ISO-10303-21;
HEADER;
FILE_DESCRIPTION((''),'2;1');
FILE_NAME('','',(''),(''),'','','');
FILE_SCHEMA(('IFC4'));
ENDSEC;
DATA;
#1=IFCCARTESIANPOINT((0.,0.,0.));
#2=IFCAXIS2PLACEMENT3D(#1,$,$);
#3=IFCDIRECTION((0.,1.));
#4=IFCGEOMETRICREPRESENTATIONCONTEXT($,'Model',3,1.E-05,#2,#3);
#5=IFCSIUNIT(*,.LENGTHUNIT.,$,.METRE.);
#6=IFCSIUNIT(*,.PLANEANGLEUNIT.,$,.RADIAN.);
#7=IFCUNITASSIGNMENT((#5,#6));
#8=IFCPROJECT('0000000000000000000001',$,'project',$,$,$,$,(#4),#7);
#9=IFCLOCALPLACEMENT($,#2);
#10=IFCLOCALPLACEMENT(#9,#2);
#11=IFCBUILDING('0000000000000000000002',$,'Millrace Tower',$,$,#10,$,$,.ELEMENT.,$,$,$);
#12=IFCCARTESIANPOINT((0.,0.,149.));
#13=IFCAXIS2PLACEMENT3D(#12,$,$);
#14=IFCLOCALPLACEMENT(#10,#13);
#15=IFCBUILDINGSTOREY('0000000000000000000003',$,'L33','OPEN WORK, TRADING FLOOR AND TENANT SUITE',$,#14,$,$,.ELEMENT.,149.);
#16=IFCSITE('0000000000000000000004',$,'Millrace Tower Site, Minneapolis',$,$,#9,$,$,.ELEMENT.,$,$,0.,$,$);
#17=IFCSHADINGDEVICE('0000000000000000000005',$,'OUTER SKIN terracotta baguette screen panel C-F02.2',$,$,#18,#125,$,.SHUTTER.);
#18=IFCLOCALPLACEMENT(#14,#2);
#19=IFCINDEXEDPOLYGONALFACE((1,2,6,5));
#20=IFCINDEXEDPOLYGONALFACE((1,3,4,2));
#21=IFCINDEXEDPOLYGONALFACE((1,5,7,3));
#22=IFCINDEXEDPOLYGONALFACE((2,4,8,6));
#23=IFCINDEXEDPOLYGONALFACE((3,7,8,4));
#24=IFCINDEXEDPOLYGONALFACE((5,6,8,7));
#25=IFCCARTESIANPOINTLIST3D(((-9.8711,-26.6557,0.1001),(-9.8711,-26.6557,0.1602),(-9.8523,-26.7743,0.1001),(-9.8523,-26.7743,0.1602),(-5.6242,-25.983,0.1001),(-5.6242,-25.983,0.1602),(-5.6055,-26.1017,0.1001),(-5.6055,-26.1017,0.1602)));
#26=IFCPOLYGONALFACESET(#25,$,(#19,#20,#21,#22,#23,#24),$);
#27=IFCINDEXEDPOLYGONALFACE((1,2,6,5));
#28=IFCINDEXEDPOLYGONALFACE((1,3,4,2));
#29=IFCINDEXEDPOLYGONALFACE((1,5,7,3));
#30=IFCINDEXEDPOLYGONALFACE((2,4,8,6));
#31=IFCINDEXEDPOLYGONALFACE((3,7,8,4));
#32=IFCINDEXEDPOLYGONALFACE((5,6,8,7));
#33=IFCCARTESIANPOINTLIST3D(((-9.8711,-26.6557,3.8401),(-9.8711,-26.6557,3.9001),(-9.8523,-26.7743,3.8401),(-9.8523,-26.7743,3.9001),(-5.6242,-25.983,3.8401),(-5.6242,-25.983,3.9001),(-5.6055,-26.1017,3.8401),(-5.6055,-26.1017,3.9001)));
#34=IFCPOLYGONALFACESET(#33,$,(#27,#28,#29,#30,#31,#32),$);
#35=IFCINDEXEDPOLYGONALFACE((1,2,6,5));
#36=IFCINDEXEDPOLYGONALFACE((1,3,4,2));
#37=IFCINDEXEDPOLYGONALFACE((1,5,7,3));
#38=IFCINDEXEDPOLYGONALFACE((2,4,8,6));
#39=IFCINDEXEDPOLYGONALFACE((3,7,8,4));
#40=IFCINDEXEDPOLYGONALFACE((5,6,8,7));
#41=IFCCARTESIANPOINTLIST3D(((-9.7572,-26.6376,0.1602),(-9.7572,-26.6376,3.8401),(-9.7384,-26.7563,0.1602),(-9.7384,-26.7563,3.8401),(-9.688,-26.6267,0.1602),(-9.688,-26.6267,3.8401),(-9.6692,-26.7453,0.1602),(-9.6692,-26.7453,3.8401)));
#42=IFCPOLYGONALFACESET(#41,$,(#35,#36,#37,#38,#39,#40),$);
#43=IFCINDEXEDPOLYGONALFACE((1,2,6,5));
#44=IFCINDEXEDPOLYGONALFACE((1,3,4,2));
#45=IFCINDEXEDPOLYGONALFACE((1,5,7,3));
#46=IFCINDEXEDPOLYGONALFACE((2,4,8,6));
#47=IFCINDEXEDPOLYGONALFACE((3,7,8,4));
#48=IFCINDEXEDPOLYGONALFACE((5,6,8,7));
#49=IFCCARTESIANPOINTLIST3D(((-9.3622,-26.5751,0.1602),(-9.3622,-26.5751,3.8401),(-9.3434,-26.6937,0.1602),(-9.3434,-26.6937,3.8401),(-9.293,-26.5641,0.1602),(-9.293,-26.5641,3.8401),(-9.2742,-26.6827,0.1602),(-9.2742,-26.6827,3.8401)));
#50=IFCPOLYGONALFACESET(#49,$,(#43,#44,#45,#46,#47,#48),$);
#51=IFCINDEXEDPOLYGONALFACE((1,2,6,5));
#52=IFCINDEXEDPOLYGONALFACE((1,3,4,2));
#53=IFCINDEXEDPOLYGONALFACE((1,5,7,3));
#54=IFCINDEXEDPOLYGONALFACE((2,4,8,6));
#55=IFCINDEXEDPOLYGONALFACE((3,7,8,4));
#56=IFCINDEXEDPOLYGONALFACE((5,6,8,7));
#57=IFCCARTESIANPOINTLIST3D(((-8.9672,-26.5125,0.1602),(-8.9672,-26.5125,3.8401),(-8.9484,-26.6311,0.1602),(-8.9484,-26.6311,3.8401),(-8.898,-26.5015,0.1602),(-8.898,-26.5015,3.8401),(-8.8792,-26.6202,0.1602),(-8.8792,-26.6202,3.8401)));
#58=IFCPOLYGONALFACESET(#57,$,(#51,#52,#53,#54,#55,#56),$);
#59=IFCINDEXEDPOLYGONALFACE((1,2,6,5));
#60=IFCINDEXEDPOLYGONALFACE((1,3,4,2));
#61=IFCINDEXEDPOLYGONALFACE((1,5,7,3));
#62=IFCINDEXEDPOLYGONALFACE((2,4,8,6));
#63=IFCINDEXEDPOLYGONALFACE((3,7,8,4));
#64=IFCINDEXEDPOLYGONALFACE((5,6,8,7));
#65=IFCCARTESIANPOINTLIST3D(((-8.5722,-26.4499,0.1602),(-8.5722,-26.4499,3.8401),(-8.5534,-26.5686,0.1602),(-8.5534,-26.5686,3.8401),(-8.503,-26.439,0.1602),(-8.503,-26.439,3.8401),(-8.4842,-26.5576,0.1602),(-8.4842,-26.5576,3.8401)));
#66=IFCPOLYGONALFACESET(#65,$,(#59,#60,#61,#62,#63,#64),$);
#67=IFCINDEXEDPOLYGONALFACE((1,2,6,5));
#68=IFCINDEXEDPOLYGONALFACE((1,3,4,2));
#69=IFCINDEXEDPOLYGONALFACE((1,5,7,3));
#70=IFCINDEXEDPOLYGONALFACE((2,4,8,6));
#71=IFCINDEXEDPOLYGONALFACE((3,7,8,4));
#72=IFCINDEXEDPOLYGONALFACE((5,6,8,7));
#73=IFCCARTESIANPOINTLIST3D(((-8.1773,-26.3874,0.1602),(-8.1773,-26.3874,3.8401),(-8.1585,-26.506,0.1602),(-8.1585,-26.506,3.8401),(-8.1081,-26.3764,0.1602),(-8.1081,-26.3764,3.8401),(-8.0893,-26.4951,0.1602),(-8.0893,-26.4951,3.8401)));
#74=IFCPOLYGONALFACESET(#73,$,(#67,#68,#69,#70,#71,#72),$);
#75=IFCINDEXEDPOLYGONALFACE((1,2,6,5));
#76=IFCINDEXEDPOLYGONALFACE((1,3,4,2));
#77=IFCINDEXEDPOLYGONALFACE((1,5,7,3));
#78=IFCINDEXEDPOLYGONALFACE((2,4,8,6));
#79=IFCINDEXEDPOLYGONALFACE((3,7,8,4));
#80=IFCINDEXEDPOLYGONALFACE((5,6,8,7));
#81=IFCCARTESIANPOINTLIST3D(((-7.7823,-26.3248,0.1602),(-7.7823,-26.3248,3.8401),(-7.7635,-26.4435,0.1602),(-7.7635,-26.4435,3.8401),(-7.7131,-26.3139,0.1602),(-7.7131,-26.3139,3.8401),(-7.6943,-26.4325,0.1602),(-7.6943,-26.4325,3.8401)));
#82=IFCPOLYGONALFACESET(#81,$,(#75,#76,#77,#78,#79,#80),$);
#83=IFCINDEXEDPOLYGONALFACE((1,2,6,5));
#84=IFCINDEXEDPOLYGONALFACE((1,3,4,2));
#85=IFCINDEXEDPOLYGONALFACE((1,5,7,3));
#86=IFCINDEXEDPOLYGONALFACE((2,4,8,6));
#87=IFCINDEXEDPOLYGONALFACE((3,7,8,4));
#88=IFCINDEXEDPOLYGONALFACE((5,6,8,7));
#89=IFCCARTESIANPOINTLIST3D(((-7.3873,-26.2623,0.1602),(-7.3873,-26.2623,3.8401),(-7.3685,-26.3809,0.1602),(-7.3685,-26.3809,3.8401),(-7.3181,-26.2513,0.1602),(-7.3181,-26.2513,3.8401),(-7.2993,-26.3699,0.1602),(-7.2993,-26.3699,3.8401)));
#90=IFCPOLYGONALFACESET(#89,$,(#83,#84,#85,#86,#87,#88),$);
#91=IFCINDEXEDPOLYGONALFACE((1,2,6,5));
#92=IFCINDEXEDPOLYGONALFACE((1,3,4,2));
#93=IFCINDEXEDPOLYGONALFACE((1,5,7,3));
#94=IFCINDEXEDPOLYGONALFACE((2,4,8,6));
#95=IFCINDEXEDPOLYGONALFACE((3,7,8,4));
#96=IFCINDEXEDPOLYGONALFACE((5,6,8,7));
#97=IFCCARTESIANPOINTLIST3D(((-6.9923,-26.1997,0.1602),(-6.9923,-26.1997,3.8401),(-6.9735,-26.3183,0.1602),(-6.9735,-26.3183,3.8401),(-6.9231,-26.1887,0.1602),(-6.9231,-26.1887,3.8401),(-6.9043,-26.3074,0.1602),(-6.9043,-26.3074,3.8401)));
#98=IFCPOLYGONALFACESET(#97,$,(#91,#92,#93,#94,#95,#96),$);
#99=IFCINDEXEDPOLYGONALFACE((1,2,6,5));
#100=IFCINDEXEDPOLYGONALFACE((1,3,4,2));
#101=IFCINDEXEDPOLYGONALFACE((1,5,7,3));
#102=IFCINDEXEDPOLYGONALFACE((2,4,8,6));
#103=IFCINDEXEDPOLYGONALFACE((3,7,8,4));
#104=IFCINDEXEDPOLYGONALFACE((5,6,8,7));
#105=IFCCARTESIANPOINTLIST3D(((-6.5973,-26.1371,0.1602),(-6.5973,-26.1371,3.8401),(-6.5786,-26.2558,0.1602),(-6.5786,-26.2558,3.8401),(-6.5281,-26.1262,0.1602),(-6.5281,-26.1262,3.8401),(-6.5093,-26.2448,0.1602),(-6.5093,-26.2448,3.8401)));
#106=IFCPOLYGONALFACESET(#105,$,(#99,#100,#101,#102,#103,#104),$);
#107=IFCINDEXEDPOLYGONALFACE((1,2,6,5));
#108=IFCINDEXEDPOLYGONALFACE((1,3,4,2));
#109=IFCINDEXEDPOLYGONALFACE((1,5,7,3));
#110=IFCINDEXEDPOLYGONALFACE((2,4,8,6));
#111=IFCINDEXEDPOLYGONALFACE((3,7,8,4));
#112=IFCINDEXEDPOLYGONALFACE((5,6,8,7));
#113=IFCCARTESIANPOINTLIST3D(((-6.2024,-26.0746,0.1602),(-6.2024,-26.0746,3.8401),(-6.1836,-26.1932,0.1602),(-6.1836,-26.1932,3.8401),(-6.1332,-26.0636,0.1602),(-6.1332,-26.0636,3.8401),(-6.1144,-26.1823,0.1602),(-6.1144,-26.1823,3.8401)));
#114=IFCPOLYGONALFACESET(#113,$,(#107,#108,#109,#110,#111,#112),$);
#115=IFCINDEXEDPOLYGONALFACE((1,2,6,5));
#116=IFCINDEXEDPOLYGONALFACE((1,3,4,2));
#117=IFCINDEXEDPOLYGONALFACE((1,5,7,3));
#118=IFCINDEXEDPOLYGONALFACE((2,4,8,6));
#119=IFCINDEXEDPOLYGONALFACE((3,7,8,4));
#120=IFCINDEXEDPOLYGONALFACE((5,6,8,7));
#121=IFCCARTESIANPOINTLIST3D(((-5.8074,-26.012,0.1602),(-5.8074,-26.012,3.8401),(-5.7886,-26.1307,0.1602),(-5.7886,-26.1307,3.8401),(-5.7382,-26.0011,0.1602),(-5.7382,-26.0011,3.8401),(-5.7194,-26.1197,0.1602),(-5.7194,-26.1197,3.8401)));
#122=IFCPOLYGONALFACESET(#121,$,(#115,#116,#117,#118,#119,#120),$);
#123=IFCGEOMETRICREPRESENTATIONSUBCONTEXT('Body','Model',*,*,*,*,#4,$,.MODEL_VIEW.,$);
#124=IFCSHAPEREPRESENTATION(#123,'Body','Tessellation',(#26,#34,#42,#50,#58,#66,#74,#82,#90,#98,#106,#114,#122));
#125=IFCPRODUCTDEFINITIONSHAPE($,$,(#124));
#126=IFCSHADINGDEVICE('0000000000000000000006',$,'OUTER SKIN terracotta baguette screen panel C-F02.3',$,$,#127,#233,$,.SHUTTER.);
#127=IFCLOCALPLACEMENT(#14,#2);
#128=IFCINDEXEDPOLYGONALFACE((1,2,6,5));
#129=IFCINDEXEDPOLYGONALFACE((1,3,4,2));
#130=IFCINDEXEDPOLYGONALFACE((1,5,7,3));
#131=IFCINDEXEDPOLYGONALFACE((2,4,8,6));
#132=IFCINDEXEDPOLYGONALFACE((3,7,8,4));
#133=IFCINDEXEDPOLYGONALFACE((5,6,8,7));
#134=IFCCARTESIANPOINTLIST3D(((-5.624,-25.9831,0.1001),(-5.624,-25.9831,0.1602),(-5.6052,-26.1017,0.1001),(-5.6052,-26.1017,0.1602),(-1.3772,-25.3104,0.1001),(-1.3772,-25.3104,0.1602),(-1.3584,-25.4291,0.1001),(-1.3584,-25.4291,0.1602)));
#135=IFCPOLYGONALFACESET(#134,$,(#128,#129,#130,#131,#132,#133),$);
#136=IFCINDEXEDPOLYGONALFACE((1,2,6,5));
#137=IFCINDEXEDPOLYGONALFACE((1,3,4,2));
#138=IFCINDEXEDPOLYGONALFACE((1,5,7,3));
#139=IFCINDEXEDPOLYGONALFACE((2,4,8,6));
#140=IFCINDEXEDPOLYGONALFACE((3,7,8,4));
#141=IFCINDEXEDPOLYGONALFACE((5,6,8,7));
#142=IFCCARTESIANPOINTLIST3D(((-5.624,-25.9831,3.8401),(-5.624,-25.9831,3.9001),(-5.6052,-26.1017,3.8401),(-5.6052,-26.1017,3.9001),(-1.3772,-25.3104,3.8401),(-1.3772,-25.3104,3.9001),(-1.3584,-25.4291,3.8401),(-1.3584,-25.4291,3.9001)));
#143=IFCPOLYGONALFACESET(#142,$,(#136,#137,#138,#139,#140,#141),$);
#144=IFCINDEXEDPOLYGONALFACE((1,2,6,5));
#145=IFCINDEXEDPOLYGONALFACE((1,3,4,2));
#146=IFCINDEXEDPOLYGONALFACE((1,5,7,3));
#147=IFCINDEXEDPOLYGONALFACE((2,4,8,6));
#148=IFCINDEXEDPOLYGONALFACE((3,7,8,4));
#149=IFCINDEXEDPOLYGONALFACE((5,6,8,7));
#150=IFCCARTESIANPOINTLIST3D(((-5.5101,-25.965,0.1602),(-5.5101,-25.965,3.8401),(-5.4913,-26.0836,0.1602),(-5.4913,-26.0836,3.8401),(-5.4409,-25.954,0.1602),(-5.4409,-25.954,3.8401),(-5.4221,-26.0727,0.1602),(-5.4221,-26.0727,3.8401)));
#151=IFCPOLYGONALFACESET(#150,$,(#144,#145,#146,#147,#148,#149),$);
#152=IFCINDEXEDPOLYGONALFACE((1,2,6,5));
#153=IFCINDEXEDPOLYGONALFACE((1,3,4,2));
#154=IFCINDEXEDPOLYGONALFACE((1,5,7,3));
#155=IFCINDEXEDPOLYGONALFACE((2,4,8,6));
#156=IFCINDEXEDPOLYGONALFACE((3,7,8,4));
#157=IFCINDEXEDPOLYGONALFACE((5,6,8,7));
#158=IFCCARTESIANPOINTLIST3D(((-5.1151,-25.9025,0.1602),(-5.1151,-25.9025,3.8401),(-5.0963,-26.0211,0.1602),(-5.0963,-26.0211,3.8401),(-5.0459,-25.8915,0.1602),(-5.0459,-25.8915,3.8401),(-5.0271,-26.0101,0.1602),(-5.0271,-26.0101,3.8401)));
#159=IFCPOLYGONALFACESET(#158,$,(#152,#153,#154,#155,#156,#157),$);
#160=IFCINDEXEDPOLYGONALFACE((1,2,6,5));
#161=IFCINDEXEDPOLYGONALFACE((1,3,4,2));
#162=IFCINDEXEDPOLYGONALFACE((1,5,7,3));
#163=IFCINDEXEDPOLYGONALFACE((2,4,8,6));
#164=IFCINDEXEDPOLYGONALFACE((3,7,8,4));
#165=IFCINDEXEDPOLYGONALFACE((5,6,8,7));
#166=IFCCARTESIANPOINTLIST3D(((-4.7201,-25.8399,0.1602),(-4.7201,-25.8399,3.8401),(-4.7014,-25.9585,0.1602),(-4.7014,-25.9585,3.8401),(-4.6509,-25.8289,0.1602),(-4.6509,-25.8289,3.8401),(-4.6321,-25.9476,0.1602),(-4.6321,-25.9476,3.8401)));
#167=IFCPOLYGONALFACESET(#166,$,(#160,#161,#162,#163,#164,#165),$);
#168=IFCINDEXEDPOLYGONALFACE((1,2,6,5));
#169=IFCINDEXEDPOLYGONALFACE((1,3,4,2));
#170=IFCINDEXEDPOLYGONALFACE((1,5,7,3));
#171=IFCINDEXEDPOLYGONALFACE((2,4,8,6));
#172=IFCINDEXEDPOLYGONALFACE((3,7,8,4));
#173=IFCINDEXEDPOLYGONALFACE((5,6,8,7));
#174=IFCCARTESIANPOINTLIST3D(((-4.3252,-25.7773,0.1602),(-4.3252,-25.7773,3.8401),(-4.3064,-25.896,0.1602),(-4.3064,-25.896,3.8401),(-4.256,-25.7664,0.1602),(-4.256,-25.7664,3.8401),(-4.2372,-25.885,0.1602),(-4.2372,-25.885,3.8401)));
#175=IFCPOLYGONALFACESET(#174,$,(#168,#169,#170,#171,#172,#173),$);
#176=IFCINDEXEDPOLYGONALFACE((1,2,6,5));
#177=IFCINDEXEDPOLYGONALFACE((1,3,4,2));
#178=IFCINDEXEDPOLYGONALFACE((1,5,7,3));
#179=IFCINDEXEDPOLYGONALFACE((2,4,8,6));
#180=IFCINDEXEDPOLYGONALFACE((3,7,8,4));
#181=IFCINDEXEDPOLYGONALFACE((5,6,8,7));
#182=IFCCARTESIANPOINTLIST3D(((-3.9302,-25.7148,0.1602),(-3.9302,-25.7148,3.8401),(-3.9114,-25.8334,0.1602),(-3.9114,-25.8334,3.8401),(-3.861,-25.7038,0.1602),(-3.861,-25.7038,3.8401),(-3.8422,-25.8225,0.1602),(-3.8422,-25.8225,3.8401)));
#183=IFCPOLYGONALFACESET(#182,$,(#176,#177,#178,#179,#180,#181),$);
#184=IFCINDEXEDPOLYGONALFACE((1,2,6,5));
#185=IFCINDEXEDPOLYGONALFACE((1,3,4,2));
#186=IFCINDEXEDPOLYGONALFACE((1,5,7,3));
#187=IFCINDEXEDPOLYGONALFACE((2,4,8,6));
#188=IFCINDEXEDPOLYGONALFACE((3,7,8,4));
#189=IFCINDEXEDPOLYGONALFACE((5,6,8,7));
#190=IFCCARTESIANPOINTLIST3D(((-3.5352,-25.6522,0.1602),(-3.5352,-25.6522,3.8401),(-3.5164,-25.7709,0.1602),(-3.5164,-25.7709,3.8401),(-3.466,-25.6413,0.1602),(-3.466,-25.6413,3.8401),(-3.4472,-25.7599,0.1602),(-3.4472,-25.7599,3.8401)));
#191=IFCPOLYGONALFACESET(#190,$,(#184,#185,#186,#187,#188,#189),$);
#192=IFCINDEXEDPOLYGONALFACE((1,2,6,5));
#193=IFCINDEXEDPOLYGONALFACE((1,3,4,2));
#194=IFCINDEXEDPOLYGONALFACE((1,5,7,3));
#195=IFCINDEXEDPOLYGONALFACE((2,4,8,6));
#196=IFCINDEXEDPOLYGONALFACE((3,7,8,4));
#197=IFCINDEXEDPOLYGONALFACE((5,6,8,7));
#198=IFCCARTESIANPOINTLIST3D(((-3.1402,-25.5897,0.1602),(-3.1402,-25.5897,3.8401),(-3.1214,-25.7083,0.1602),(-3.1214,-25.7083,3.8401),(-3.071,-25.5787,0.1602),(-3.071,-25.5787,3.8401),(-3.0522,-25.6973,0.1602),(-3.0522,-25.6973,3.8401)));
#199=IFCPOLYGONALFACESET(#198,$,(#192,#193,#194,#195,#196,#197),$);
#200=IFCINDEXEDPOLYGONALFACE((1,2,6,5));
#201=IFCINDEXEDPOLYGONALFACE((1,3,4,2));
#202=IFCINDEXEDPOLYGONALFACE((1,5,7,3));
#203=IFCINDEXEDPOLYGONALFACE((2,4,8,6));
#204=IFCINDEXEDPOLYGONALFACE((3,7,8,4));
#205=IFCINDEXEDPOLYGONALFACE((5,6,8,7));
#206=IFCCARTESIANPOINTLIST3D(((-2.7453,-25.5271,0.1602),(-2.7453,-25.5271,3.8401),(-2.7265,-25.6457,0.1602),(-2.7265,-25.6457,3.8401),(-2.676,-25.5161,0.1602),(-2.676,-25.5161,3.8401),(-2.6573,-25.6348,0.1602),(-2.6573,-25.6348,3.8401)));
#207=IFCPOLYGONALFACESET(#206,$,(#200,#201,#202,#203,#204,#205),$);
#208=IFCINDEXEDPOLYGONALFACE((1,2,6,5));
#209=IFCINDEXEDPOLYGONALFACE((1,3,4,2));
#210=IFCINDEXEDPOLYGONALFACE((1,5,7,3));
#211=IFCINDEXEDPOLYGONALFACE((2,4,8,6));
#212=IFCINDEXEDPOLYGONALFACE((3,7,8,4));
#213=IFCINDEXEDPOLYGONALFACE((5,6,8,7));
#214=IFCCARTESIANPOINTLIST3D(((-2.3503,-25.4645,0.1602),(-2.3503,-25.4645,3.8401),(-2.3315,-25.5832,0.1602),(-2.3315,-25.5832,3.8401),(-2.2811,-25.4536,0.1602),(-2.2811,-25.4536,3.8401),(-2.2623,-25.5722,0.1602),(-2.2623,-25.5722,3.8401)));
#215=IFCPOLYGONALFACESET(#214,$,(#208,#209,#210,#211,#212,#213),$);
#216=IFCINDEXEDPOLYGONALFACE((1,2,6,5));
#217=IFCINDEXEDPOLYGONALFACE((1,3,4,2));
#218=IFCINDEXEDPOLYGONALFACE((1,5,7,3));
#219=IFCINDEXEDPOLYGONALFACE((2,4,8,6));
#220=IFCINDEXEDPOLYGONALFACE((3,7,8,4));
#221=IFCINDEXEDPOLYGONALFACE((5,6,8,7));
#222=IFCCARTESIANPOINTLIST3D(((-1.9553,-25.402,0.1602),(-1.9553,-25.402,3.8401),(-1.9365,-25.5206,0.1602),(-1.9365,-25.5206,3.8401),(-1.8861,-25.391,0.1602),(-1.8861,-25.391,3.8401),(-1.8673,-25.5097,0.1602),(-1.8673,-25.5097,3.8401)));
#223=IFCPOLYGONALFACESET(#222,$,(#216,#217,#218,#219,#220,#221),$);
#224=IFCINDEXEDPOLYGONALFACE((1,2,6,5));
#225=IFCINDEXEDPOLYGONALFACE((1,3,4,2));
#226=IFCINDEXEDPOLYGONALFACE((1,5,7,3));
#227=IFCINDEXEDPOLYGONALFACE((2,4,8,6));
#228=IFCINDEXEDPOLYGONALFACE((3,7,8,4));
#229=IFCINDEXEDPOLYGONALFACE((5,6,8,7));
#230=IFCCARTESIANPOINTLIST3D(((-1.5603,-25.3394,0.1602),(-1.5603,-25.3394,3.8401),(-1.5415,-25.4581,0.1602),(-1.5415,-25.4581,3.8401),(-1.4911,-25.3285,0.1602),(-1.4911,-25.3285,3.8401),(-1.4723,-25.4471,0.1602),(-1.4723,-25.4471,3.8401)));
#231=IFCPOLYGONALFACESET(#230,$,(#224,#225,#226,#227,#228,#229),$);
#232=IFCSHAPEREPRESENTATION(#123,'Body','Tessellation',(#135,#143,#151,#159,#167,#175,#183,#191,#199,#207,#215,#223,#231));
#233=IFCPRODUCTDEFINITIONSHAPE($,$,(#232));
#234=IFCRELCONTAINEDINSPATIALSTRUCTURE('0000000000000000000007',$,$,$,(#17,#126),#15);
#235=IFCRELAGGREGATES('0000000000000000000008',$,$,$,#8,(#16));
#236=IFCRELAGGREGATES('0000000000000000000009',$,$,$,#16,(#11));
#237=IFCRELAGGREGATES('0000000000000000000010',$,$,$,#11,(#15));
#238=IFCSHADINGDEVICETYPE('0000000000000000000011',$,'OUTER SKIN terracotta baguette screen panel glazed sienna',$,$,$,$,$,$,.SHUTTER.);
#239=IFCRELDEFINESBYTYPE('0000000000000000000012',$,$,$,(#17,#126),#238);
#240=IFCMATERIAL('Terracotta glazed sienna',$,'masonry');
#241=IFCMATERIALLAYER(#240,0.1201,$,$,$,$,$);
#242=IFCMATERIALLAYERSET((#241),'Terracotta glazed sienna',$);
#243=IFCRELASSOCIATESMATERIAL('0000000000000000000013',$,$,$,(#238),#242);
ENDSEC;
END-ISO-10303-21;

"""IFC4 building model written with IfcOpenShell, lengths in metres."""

from ifc_helpers import new_model, entity, si_unit, direction, frame, frame_2d, origin, origin_2d, place, context, subcontext, project, spatial, rectangle, extrude, source, transform, mapped, material, layer, layer_set, type_object, element, save


model = new_model("IFC4")

# Units and contexts
model_context = context("Model", 3, precision=1e-05, world=origin(), true_north=direction((0.0, 1.0)))
body_context = subcontext(model_context, "Body", "Model", "MODEL_VIEW")
ifc_project = project(units=[si_unit("LENGTHUNIT", "METRE"), si_unit("PLANEANGLEUNIT", "RADIAN")], contexts=[model_context])

# Site, building, storey
site_placement = place(None, origin())
site = spatial("IfcSite", under=ifc_project, at=site_placement, Name="Millrace Tower Site, Minneapolis", CompositionType="ELEMENT", RefElevation=0.0)
building_placement = place(site_placement, origin())
building = spatial("IfcBuilding", under=site, at=building_placement, Name="Millrace Tower", CompositionType="ELEMENT")
storey_placement = place(building_placement, frame((0.0, 0.0, 149.0)))
storey = spatial("IfcBuildingStorey", under=building, at=storey_placement, Name="L33", Description="OPEN WORK, TRADING FLOOR AND TENANT SUITE", CompositionType="ELEMENT", Elevation=149.0)

# Shading devices
ifc_material_1 = material(Name="Terracotta glazed sienna", Category="masonry")
ifc_layer_1 = layer(ifc_material_1, 0.1201)
ifc_layer_set_1 = layer_set([ifc_layer_1], Name="Terracotta glazed sienna")
shading_device_type = type_object("IfcShadingDeviceType", Name="OUTER SKIN terracotta baguette screen panel glazed sienna", PredefinedType="SHUTTER", material=ifc_layer_set_1)
cartesian_point_1 = entity("IfcCartesianPoint", [-2.1499, 0.0601])
shared_polyline_1 = entity("IfcPolyline", [cartesian_point_1, entity("IfcCartesianPoint", [2.1499, 0.0601]), entity("IfcCartesianPoint", [2.1499, -0.0601]), entity("IfcCartesianPoint", [-2.1499, -0.0601]), cartesian_point_1])
shared_shape_1 = source(origin(), body_context, "Body", "SweptSolid", [
    entity("IfcExtrudedAreaSolid", entity("IfcArbitraryClosedProfileDef", "AREA", None, shared_polyline_1), entity("IfcAxis2Placement3D", entity("IfcCartesianPoint", [0.0, 0.0, 0.0])), entity("IfcDirection", [0.0, 0.0, 1.0]), 0.0601),
    entity("IfcExtrudedAreaSolid", entity("IfcArbitraryClosedProfileDef", "AREA", None, shared_polyline_1), entity("IfcAxis2Placement3D", entity("IfcCartesianPoint", [0.0, 0.0, 3.74])), entity("IfcDirection", [0.0, 0.0, 1.0]), 0.0601),
    extrude(rectangle(XDim=0.0701, YDim=0.1201, at=frame_2d((-1.9995, 0.0))), frame((0.0, 0.0, 0.0601)), (0.0, 0.0, 1.0), 3.6799),
    extrude(rectangle(XDim=0.0701, YDim=0.1201, at=frame_2d((-1.5996, 0.0))), frame((0.0, 0.0, 0.0601)), (0.0, 0.0, 1.0), 3.6799),
    extrude(rectangle(XDim=0.0701, YDim=0.1201, at=frame_2d((-1.1997, 0.0))), frame((0.0, 0.0, 0.0601)), (0.0, 0.0, 1.0), 3.6799),
    extrude(rectangle(XDim=0.0701, YDim=0.1201, at=frame_2d((-0.7998, 0.0))), frame((0.0, 0.0, 0.0601)), (0.0, 0.0, 1.0), 3.6799),
    extrude(rectangle(XDim=0.0701, YDim=0.1201, at=frame_2d((-0.3999, 0.0))), frame((0.0, 0.0, 0.0601)), (0.0, 0.0, 1.0), 3.6799),
    extrude(rectangle(XDim=0.0701, YDim=0.1201, at=origin_2d()), frame((0.0, 0.0, 0.0601)), (0.0, 0.0, 1.0), 3.6799),
    extrude(rectangle(XDim=0.0701, YDim=0.1201, at=frame_2d((0.3999, 0.0))), frame((0.0, 0.0, 0.0601)), (0.0, 0.0, 1.0), 3.6799),
    extrude(rectangle(XDim=0.0701, YDim=0.1201, at=frame_2d((0.7998, 0.0))), frame((0.0, 0.0, 0.0601)), (0.0, 0.0, 1.0), 3.6799),
    extrude(rectangle(XDim=0.0701, YDim=0.1201, at=frame_2d((1.1997, 0.0))), frame((0.0, 0.0, 0.0601)), (0.0, 0.0, 1.0), 3.6799),
    extrude(rectangle(XDim=0.0701, YDim=0.1201, at=frame_2d((1.5996, 0.0))), frame((0.0, 0.0, 0.0601)), (0.0, 0.0, 1.0), 3.6799),
    extrude(rectangle(XDim=0.0701, YDim=0.1201, at=frame_2d((1.9995, 0.0))), frame((0.0, 0.0, 0.0601)), (0.0, 0.0, 1.0), 3.6799),
])
for number, where, z_axis, x_axis, name in (
    (1, (-7.7383, -26.3787, 0.1001), (0.0, 0.0, 1.0), (0.987688, 0.156434, 0.0), "OUTER SKIN terracotta baguette screen panel C-F02.2"),
    (2, (-3.4912, -25.7061, 0.1001), (0.0, 0.0, 1.0), (0.987688, 0.156434, 0.0), "OUTER SKIN terracotta baguette screen panel C-F02.3"),
):
    element("IfcShadingDevice", number, at=place(storey_placement, frame(where, z_axis=z_axis, x_axis=x_axis)), inside=storey, type_object=shading_device_type, Name=name, PredefinedType="SHUTTER", context=body_context, shape_type="MappedRepresentation", body=[
        mapped(shared_shape_1, transform((0.0, 0.0, 0.0), scale=1.0)),
    ])

save(model, "model.ifc")
